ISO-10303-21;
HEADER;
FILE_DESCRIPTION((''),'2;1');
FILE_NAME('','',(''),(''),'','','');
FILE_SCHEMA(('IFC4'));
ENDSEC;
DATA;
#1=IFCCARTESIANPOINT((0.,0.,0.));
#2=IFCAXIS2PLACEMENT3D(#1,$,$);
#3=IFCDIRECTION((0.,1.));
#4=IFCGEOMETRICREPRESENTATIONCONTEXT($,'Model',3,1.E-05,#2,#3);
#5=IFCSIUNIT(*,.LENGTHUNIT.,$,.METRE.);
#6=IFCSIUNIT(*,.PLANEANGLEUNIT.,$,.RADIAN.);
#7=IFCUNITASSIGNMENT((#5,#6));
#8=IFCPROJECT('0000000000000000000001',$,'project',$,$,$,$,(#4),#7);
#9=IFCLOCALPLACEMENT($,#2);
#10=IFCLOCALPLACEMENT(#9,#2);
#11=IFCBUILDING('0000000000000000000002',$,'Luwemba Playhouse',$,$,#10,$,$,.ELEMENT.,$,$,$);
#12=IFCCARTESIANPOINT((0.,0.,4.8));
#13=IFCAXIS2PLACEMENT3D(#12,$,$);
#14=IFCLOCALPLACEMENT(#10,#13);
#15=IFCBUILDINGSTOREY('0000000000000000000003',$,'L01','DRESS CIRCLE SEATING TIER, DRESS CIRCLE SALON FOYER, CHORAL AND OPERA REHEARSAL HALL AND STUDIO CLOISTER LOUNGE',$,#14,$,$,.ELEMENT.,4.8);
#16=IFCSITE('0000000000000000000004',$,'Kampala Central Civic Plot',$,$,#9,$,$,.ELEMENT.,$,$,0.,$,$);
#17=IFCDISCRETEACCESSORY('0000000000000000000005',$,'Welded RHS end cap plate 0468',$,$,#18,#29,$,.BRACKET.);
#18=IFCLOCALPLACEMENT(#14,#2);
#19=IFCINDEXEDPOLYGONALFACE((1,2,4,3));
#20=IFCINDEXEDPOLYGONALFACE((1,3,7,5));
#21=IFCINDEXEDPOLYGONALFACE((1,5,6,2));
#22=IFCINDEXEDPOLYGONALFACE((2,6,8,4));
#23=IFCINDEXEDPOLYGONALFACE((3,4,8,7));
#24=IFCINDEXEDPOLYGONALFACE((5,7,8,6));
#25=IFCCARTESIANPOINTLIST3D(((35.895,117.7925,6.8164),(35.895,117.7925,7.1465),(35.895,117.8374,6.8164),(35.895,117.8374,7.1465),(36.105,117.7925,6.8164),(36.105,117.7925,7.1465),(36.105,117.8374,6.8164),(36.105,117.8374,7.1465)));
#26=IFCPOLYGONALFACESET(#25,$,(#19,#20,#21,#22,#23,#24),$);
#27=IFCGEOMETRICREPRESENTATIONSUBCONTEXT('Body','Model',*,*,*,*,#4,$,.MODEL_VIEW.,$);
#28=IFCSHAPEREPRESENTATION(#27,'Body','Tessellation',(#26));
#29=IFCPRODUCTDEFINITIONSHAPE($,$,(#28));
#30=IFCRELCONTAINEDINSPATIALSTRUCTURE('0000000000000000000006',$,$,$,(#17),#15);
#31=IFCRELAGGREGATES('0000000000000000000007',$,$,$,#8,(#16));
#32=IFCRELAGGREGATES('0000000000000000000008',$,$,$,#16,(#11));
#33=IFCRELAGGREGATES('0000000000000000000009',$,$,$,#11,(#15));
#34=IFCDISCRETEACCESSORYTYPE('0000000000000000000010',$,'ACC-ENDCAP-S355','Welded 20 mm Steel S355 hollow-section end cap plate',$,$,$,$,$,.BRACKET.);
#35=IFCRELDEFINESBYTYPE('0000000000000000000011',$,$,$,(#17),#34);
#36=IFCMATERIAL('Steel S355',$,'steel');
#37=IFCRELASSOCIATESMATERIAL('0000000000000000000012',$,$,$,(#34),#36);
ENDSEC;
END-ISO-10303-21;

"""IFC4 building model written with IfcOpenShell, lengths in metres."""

from ifc_helpers import new_model, si_unit, direction, frame, origin, origin_2d, place, context, subcontext, project, spatial, rectangle, extrude, material, type_object, element, save


model = new_model("IFC4")

# Units and contexts
model_context = context("Model", 3, precision=1e-05, world=origin(), true_north=direction((0.0, 1.0)))
body_context = subcontext(model_context, "Body", "Model", "MODEL_VIEW")
ifc_project = project(units=[si_unit("LENGTHUNIT", "METRE"), si_unit("PLANEANGLEUNIT", "RADIAN")], contexts=[model_context])

# Site, building, storey
site_placement = place(None, origin())
site = spatial("IfcSite", under=ifc_project, at=site_placement, Name="Kampala Central Civic Plot", CompositionType="ELEMENT", RefElevation=0.0)
building_placement = place(site_placement, origin())
building = spatial("IfcBuilding", under=site, at=building_placement, Name="Luwemba Playhouse", CompositionType="ELEMENT")
storey_placement = place(building_placement, frame((0.0, 0.0, 4.8)))
storey = spatial("IfcBuildingStorey", under=building, at=storey_placement, Name="L01", Description="DRESS CIRCLE SEATING TIER, DRESS CIRCLE SALON FOYER, CHORAL AND OPERA REHEARSAL HALL AND STUDIO CLOISTER LOUNGE", CompositionType="ELEMENT", Elevation=4.8)

# Shared definitions
ifc_material_1 = material(Name="Steel S355", Category="steel")

# Discrete accessory
discrete_accessory_type = type_object("IfcDiscreteAccessoryType", Name="ACC-ENDCAP-S355", Description="Welded 20 mm Steel S355 hollow-section end cap plate", PredefinedType="BRACKET", material=ifc_material_1)
for number, where, z_axis, x_axis, name in (
    (1, (36.0, 117.8149, 6.8164), (0.0, 0.0, 1.0), (1.0, 0.0, 0.0), "Welded RHS end cap plate 0468"),
):
    element("IfcDiscreteAccessory", number, at=place(storey_placement, frame(where, z_axis=z_axis, x_axis=x_axis)), inside=storey, type_object=discrete_accessory_type, Name=name, PredefinedType="BRACKET", context=body_context, shape_type="SweptSolid", body=[
        extrude(rectangle(XDim=0.21, YDim=0.0449, at=origin_2d()), origin(), (0.0, 0.0, 1.0), 0.3301),
    ])

save(model, "model.ifc")
